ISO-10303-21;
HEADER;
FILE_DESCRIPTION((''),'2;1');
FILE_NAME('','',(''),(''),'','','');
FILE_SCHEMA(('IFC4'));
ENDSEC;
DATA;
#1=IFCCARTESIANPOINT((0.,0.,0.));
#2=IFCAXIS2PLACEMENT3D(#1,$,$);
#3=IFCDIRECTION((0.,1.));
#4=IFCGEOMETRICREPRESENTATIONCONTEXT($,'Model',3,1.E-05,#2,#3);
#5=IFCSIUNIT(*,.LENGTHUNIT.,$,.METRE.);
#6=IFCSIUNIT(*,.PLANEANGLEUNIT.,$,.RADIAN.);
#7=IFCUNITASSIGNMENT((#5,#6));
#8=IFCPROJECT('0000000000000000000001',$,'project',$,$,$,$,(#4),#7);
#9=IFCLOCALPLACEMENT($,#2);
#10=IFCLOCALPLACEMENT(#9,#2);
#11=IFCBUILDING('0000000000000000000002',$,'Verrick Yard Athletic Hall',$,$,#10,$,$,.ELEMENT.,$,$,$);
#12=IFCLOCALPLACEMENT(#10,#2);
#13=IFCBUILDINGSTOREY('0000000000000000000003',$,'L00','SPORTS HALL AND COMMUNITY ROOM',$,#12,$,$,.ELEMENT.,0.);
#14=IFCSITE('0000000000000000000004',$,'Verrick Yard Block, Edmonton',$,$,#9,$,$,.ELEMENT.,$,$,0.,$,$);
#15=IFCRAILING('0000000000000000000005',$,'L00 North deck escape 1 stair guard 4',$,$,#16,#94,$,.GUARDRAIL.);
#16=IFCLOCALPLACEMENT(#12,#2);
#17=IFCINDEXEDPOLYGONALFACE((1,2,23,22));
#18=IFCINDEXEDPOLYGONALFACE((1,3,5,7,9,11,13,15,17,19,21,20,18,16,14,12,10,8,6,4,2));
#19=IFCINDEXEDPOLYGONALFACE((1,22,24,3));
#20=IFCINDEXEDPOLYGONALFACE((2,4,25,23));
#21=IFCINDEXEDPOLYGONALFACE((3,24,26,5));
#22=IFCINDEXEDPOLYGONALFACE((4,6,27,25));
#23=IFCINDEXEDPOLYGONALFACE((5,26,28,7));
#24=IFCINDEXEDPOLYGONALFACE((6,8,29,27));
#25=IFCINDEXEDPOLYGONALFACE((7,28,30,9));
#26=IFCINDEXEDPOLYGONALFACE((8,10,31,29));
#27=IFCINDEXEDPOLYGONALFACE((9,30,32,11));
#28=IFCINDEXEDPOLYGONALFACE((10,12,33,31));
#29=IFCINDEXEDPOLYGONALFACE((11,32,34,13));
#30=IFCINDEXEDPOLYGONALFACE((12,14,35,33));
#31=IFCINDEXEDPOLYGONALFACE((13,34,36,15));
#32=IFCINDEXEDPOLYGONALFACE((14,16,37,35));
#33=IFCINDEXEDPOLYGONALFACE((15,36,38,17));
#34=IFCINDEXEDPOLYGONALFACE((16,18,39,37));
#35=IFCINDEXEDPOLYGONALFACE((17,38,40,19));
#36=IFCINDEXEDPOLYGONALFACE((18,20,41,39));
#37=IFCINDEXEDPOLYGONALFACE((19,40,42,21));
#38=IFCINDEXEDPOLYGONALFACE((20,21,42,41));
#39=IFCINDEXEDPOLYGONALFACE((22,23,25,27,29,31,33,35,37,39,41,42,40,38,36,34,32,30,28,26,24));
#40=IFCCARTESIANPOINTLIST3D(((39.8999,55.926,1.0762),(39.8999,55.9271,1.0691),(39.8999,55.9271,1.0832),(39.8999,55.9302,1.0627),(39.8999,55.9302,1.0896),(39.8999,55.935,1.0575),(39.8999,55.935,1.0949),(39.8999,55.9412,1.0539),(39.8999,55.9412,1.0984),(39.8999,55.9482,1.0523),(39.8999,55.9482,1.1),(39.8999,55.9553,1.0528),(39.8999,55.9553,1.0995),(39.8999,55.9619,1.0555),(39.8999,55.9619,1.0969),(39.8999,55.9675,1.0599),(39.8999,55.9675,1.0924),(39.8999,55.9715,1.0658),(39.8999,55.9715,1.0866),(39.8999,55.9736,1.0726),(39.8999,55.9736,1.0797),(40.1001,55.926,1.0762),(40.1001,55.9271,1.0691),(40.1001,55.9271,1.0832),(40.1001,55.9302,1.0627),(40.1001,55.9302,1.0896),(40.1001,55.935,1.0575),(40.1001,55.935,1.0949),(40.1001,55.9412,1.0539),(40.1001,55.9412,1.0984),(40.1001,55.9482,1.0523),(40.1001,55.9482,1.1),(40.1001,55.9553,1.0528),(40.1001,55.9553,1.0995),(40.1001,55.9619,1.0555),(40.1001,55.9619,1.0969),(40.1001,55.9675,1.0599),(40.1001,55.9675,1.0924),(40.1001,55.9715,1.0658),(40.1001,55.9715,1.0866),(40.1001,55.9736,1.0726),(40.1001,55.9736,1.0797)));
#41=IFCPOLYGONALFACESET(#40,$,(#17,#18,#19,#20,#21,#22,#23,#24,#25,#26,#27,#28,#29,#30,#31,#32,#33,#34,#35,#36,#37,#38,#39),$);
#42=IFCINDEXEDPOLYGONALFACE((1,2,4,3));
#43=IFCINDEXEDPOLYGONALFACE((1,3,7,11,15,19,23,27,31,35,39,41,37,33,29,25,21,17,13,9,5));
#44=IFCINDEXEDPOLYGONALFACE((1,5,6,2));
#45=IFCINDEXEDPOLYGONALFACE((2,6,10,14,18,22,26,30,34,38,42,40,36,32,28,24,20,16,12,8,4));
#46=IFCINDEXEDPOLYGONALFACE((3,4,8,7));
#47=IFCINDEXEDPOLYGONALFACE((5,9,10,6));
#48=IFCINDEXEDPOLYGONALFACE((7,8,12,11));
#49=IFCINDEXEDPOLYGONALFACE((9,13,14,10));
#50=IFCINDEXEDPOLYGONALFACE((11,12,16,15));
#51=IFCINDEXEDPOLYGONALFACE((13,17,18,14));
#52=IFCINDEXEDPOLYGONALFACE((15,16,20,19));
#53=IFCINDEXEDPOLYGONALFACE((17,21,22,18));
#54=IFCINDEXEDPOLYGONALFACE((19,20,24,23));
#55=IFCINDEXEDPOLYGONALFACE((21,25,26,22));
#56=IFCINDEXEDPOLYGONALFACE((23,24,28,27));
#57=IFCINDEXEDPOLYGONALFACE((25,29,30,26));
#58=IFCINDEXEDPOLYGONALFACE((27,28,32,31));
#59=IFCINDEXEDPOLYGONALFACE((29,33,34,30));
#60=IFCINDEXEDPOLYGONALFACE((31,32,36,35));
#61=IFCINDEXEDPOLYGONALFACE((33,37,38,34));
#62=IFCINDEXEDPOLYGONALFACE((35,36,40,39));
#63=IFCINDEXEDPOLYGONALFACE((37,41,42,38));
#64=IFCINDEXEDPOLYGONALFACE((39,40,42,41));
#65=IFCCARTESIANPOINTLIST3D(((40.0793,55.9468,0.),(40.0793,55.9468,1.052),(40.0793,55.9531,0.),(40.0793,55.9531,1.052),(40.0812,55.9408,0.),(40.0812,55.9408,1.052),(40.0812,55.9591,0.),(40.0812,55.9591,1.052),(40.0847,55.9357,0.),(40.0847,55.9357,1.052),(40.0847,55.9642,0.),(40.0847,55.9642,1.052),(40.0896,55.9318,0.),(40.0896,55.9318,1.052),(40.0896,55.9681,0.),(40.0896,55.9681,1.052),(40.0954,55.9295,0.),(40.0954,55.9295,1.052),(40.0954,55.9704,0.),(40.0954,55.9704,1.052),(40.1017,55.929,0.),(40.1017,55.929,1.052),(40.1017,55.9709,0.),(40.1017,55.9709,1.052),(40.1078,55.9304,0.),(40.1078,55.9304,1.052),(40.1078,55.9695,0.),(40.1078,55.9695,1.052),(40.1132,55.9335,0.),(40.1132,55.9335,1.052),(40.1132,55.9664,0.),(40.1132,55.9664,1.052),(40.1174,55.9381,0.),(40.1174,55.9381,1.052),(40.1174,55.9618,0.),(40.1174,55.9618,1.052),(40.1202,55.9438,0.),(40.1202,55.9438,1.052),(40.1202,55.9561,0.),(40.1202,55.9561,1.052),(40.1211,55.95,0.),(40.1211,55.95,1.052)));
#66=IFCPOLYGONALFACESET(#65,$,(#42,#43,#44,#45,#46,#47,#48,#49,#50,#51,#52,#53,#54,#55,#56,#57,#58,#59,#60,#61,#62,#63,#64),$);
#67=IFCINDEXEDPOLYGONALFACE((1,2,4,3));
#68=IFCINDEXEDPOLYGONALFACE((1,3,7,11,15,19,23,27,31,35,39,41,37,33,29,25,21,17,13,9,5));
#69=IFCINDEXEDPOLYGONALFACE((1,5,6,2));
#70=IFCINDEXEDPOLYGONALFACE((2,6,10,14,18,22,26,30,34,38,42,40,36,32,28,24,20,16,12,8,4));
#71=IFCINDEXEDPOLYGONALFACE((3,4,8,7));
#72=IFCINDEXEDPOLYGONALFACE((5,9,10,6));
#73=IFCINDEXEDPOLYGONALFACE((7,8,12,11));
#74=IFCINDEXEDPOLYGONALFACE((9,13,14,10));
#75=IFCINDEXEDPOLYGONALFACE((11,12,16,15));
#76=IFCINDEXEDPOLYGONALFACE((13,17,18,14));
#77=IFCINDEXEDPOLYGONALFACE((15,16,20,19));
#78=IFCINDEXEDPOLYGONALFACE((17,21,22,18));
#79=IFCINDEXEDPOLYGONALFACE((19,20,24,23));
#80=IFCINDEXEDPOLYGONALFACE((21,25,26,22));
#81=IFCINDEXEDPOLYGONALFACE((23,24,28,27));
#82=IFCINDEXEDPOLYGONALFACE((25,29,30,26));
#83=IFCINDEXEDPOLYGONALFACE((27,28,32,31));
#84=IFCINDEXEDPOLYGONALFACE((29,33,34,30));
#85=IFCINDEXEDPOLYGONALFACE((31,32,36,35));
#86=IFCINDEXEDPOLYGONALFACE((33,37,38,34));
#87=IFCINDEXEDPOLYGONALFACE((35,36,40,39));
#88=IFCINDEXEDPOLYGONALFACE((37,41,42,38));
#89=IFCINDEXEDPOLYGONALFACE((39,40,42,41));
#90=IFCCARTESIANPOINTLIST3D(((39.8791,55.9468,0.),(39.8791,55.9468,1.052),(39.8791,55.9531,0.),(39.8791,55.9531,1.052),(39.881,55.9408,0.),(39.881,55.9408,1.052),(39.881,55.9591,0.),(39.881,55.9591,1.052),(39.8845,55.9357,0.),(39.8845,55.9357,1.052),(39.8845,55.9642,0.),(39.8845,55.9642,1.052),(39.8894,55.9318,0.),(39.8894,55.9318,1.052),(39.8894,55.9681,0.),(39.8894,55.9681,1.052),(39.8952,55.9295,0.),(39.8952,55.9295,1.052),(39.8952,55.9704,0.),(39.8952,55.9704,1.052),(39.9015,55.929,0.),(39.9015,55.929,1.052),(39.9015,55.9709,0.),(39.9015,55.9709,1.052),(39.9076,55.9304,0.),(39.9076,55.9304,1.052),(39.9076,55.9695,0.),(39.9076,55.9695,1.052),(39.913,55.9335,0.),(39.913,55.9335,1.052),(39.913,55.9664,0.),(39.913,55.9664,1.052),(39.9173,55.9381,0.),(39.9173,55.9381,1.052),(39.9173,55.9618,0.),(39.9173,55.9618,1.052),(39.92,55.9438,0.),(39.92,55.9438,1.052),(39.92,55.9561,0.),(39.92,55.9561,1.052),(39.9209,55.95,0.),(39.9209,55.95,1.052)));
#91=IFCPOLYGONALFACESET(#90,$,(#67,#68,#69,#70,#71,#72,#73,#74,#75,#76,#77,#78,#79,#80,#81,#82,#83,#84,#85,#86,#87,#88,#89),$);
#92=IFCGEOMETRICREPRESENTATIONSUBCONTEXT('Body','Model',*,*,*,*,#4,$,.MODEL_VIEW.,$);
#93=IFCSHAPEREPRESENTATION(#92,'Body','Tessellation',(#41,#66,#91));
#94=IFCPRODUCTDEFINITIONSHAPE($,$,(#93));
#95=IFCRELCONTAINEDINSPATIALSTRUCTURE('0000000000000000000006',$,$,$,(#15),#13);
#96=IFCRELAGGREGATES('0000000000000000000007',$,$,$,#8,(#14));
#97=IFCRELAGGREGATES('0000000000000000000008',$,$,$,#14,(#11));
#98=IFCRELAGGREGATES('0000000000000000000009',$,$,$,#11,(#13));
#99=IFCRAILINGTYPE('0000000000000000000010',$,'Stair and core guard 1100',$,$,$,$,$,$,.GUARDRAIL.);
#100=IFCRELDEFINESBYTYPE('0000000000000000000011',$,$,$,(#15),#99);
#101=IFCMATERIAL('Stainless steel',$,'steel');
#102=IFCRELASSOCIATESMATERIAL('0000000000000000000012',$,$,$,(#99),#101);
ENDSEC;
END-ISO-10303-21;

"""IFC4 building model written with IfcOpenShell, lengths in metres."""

from ifc_helpers import new_model, si_unit, direction, frame, origin, origin_2d, place, context, subcontext, project, spatial, circle, extrude, material, type_object, element, save


model = new_model("IFC4")

# Units and contexts
model_context = context("Model", 3, precision=1e-05, world=origin(), true_north=direction((0.0, 1.0)))
body_context = subcontext(model_context, "Body", "Model", "MODEL_VIEW")
ifc_project = project(units=[si_unit("LENGTHUNIT", "METRE"), si_unit("PLANEANGLEUNIT", "RADIAN")], contexts=[model_context])

# Site, building, storey
site_placement = place(None, origin())
site = spatial("IfcSite", under=ifc_project, at=site_placement, Name="Verrick Yard Block, Edmonton", CompositionType="ELEMENT", RefElevation=0.0)
building_placement = place(site_placement, origin())
building = spatial("IfcBuilding", under=site, at=building_placement, Name="Verrick Yard Athletic Hall", CompositionType="ELEMENT")
storey_placement = place(building_placement, origin())
storey = spatial("IfcBuildingStorey", under=building, at=storey_placement, Name="L00", Description="SPORTS HALL AND COMMUNITY ROOM", CompositionType="ELEMENT", Elevation=0.0)

# Railing
ifc_material_1 = material(Name="Stainless steel", Category="steel")
railing_type_1 = type_object("IfcRailingType", Name="Stair and core guard 1100", PredefinedType="GUARDRAIL", material=ifc_material_1)
railing_1_placement = place(storey_placement, frame((40.1001, 55.95, 0.0)))
element("IfcRailing", 1, at=railing_1_placement, inside=storey, type_object=railing_type_1, Name="L00 North deck escape 1 stair guard 4", PredefinedType="GUARDRAIL", context=body_context, shape_type="SweptSolid", body=[
    extrude(circle(Radius=0.0239, at=origin_2d()), frame((0.0, 0.0, 1.0762), z_axis=(-1.0, 0.0, 0.0), x_axis=(0.0, -1.0, 0.0)), (0.0, 0.0, 1.0), 0.2002),
    extrude(circle(Radius=0.021, at=origin_2d()), origin(), (0.0, 0.0, 1.0), 1.052),
    extrude(circle(Radius=0.021, at=origin_2d()), frame((-0.2002, 0.0, 0.0)), (0.0, 0.0, 1.0), 1.052),
])

save(model, "model.ifc")
